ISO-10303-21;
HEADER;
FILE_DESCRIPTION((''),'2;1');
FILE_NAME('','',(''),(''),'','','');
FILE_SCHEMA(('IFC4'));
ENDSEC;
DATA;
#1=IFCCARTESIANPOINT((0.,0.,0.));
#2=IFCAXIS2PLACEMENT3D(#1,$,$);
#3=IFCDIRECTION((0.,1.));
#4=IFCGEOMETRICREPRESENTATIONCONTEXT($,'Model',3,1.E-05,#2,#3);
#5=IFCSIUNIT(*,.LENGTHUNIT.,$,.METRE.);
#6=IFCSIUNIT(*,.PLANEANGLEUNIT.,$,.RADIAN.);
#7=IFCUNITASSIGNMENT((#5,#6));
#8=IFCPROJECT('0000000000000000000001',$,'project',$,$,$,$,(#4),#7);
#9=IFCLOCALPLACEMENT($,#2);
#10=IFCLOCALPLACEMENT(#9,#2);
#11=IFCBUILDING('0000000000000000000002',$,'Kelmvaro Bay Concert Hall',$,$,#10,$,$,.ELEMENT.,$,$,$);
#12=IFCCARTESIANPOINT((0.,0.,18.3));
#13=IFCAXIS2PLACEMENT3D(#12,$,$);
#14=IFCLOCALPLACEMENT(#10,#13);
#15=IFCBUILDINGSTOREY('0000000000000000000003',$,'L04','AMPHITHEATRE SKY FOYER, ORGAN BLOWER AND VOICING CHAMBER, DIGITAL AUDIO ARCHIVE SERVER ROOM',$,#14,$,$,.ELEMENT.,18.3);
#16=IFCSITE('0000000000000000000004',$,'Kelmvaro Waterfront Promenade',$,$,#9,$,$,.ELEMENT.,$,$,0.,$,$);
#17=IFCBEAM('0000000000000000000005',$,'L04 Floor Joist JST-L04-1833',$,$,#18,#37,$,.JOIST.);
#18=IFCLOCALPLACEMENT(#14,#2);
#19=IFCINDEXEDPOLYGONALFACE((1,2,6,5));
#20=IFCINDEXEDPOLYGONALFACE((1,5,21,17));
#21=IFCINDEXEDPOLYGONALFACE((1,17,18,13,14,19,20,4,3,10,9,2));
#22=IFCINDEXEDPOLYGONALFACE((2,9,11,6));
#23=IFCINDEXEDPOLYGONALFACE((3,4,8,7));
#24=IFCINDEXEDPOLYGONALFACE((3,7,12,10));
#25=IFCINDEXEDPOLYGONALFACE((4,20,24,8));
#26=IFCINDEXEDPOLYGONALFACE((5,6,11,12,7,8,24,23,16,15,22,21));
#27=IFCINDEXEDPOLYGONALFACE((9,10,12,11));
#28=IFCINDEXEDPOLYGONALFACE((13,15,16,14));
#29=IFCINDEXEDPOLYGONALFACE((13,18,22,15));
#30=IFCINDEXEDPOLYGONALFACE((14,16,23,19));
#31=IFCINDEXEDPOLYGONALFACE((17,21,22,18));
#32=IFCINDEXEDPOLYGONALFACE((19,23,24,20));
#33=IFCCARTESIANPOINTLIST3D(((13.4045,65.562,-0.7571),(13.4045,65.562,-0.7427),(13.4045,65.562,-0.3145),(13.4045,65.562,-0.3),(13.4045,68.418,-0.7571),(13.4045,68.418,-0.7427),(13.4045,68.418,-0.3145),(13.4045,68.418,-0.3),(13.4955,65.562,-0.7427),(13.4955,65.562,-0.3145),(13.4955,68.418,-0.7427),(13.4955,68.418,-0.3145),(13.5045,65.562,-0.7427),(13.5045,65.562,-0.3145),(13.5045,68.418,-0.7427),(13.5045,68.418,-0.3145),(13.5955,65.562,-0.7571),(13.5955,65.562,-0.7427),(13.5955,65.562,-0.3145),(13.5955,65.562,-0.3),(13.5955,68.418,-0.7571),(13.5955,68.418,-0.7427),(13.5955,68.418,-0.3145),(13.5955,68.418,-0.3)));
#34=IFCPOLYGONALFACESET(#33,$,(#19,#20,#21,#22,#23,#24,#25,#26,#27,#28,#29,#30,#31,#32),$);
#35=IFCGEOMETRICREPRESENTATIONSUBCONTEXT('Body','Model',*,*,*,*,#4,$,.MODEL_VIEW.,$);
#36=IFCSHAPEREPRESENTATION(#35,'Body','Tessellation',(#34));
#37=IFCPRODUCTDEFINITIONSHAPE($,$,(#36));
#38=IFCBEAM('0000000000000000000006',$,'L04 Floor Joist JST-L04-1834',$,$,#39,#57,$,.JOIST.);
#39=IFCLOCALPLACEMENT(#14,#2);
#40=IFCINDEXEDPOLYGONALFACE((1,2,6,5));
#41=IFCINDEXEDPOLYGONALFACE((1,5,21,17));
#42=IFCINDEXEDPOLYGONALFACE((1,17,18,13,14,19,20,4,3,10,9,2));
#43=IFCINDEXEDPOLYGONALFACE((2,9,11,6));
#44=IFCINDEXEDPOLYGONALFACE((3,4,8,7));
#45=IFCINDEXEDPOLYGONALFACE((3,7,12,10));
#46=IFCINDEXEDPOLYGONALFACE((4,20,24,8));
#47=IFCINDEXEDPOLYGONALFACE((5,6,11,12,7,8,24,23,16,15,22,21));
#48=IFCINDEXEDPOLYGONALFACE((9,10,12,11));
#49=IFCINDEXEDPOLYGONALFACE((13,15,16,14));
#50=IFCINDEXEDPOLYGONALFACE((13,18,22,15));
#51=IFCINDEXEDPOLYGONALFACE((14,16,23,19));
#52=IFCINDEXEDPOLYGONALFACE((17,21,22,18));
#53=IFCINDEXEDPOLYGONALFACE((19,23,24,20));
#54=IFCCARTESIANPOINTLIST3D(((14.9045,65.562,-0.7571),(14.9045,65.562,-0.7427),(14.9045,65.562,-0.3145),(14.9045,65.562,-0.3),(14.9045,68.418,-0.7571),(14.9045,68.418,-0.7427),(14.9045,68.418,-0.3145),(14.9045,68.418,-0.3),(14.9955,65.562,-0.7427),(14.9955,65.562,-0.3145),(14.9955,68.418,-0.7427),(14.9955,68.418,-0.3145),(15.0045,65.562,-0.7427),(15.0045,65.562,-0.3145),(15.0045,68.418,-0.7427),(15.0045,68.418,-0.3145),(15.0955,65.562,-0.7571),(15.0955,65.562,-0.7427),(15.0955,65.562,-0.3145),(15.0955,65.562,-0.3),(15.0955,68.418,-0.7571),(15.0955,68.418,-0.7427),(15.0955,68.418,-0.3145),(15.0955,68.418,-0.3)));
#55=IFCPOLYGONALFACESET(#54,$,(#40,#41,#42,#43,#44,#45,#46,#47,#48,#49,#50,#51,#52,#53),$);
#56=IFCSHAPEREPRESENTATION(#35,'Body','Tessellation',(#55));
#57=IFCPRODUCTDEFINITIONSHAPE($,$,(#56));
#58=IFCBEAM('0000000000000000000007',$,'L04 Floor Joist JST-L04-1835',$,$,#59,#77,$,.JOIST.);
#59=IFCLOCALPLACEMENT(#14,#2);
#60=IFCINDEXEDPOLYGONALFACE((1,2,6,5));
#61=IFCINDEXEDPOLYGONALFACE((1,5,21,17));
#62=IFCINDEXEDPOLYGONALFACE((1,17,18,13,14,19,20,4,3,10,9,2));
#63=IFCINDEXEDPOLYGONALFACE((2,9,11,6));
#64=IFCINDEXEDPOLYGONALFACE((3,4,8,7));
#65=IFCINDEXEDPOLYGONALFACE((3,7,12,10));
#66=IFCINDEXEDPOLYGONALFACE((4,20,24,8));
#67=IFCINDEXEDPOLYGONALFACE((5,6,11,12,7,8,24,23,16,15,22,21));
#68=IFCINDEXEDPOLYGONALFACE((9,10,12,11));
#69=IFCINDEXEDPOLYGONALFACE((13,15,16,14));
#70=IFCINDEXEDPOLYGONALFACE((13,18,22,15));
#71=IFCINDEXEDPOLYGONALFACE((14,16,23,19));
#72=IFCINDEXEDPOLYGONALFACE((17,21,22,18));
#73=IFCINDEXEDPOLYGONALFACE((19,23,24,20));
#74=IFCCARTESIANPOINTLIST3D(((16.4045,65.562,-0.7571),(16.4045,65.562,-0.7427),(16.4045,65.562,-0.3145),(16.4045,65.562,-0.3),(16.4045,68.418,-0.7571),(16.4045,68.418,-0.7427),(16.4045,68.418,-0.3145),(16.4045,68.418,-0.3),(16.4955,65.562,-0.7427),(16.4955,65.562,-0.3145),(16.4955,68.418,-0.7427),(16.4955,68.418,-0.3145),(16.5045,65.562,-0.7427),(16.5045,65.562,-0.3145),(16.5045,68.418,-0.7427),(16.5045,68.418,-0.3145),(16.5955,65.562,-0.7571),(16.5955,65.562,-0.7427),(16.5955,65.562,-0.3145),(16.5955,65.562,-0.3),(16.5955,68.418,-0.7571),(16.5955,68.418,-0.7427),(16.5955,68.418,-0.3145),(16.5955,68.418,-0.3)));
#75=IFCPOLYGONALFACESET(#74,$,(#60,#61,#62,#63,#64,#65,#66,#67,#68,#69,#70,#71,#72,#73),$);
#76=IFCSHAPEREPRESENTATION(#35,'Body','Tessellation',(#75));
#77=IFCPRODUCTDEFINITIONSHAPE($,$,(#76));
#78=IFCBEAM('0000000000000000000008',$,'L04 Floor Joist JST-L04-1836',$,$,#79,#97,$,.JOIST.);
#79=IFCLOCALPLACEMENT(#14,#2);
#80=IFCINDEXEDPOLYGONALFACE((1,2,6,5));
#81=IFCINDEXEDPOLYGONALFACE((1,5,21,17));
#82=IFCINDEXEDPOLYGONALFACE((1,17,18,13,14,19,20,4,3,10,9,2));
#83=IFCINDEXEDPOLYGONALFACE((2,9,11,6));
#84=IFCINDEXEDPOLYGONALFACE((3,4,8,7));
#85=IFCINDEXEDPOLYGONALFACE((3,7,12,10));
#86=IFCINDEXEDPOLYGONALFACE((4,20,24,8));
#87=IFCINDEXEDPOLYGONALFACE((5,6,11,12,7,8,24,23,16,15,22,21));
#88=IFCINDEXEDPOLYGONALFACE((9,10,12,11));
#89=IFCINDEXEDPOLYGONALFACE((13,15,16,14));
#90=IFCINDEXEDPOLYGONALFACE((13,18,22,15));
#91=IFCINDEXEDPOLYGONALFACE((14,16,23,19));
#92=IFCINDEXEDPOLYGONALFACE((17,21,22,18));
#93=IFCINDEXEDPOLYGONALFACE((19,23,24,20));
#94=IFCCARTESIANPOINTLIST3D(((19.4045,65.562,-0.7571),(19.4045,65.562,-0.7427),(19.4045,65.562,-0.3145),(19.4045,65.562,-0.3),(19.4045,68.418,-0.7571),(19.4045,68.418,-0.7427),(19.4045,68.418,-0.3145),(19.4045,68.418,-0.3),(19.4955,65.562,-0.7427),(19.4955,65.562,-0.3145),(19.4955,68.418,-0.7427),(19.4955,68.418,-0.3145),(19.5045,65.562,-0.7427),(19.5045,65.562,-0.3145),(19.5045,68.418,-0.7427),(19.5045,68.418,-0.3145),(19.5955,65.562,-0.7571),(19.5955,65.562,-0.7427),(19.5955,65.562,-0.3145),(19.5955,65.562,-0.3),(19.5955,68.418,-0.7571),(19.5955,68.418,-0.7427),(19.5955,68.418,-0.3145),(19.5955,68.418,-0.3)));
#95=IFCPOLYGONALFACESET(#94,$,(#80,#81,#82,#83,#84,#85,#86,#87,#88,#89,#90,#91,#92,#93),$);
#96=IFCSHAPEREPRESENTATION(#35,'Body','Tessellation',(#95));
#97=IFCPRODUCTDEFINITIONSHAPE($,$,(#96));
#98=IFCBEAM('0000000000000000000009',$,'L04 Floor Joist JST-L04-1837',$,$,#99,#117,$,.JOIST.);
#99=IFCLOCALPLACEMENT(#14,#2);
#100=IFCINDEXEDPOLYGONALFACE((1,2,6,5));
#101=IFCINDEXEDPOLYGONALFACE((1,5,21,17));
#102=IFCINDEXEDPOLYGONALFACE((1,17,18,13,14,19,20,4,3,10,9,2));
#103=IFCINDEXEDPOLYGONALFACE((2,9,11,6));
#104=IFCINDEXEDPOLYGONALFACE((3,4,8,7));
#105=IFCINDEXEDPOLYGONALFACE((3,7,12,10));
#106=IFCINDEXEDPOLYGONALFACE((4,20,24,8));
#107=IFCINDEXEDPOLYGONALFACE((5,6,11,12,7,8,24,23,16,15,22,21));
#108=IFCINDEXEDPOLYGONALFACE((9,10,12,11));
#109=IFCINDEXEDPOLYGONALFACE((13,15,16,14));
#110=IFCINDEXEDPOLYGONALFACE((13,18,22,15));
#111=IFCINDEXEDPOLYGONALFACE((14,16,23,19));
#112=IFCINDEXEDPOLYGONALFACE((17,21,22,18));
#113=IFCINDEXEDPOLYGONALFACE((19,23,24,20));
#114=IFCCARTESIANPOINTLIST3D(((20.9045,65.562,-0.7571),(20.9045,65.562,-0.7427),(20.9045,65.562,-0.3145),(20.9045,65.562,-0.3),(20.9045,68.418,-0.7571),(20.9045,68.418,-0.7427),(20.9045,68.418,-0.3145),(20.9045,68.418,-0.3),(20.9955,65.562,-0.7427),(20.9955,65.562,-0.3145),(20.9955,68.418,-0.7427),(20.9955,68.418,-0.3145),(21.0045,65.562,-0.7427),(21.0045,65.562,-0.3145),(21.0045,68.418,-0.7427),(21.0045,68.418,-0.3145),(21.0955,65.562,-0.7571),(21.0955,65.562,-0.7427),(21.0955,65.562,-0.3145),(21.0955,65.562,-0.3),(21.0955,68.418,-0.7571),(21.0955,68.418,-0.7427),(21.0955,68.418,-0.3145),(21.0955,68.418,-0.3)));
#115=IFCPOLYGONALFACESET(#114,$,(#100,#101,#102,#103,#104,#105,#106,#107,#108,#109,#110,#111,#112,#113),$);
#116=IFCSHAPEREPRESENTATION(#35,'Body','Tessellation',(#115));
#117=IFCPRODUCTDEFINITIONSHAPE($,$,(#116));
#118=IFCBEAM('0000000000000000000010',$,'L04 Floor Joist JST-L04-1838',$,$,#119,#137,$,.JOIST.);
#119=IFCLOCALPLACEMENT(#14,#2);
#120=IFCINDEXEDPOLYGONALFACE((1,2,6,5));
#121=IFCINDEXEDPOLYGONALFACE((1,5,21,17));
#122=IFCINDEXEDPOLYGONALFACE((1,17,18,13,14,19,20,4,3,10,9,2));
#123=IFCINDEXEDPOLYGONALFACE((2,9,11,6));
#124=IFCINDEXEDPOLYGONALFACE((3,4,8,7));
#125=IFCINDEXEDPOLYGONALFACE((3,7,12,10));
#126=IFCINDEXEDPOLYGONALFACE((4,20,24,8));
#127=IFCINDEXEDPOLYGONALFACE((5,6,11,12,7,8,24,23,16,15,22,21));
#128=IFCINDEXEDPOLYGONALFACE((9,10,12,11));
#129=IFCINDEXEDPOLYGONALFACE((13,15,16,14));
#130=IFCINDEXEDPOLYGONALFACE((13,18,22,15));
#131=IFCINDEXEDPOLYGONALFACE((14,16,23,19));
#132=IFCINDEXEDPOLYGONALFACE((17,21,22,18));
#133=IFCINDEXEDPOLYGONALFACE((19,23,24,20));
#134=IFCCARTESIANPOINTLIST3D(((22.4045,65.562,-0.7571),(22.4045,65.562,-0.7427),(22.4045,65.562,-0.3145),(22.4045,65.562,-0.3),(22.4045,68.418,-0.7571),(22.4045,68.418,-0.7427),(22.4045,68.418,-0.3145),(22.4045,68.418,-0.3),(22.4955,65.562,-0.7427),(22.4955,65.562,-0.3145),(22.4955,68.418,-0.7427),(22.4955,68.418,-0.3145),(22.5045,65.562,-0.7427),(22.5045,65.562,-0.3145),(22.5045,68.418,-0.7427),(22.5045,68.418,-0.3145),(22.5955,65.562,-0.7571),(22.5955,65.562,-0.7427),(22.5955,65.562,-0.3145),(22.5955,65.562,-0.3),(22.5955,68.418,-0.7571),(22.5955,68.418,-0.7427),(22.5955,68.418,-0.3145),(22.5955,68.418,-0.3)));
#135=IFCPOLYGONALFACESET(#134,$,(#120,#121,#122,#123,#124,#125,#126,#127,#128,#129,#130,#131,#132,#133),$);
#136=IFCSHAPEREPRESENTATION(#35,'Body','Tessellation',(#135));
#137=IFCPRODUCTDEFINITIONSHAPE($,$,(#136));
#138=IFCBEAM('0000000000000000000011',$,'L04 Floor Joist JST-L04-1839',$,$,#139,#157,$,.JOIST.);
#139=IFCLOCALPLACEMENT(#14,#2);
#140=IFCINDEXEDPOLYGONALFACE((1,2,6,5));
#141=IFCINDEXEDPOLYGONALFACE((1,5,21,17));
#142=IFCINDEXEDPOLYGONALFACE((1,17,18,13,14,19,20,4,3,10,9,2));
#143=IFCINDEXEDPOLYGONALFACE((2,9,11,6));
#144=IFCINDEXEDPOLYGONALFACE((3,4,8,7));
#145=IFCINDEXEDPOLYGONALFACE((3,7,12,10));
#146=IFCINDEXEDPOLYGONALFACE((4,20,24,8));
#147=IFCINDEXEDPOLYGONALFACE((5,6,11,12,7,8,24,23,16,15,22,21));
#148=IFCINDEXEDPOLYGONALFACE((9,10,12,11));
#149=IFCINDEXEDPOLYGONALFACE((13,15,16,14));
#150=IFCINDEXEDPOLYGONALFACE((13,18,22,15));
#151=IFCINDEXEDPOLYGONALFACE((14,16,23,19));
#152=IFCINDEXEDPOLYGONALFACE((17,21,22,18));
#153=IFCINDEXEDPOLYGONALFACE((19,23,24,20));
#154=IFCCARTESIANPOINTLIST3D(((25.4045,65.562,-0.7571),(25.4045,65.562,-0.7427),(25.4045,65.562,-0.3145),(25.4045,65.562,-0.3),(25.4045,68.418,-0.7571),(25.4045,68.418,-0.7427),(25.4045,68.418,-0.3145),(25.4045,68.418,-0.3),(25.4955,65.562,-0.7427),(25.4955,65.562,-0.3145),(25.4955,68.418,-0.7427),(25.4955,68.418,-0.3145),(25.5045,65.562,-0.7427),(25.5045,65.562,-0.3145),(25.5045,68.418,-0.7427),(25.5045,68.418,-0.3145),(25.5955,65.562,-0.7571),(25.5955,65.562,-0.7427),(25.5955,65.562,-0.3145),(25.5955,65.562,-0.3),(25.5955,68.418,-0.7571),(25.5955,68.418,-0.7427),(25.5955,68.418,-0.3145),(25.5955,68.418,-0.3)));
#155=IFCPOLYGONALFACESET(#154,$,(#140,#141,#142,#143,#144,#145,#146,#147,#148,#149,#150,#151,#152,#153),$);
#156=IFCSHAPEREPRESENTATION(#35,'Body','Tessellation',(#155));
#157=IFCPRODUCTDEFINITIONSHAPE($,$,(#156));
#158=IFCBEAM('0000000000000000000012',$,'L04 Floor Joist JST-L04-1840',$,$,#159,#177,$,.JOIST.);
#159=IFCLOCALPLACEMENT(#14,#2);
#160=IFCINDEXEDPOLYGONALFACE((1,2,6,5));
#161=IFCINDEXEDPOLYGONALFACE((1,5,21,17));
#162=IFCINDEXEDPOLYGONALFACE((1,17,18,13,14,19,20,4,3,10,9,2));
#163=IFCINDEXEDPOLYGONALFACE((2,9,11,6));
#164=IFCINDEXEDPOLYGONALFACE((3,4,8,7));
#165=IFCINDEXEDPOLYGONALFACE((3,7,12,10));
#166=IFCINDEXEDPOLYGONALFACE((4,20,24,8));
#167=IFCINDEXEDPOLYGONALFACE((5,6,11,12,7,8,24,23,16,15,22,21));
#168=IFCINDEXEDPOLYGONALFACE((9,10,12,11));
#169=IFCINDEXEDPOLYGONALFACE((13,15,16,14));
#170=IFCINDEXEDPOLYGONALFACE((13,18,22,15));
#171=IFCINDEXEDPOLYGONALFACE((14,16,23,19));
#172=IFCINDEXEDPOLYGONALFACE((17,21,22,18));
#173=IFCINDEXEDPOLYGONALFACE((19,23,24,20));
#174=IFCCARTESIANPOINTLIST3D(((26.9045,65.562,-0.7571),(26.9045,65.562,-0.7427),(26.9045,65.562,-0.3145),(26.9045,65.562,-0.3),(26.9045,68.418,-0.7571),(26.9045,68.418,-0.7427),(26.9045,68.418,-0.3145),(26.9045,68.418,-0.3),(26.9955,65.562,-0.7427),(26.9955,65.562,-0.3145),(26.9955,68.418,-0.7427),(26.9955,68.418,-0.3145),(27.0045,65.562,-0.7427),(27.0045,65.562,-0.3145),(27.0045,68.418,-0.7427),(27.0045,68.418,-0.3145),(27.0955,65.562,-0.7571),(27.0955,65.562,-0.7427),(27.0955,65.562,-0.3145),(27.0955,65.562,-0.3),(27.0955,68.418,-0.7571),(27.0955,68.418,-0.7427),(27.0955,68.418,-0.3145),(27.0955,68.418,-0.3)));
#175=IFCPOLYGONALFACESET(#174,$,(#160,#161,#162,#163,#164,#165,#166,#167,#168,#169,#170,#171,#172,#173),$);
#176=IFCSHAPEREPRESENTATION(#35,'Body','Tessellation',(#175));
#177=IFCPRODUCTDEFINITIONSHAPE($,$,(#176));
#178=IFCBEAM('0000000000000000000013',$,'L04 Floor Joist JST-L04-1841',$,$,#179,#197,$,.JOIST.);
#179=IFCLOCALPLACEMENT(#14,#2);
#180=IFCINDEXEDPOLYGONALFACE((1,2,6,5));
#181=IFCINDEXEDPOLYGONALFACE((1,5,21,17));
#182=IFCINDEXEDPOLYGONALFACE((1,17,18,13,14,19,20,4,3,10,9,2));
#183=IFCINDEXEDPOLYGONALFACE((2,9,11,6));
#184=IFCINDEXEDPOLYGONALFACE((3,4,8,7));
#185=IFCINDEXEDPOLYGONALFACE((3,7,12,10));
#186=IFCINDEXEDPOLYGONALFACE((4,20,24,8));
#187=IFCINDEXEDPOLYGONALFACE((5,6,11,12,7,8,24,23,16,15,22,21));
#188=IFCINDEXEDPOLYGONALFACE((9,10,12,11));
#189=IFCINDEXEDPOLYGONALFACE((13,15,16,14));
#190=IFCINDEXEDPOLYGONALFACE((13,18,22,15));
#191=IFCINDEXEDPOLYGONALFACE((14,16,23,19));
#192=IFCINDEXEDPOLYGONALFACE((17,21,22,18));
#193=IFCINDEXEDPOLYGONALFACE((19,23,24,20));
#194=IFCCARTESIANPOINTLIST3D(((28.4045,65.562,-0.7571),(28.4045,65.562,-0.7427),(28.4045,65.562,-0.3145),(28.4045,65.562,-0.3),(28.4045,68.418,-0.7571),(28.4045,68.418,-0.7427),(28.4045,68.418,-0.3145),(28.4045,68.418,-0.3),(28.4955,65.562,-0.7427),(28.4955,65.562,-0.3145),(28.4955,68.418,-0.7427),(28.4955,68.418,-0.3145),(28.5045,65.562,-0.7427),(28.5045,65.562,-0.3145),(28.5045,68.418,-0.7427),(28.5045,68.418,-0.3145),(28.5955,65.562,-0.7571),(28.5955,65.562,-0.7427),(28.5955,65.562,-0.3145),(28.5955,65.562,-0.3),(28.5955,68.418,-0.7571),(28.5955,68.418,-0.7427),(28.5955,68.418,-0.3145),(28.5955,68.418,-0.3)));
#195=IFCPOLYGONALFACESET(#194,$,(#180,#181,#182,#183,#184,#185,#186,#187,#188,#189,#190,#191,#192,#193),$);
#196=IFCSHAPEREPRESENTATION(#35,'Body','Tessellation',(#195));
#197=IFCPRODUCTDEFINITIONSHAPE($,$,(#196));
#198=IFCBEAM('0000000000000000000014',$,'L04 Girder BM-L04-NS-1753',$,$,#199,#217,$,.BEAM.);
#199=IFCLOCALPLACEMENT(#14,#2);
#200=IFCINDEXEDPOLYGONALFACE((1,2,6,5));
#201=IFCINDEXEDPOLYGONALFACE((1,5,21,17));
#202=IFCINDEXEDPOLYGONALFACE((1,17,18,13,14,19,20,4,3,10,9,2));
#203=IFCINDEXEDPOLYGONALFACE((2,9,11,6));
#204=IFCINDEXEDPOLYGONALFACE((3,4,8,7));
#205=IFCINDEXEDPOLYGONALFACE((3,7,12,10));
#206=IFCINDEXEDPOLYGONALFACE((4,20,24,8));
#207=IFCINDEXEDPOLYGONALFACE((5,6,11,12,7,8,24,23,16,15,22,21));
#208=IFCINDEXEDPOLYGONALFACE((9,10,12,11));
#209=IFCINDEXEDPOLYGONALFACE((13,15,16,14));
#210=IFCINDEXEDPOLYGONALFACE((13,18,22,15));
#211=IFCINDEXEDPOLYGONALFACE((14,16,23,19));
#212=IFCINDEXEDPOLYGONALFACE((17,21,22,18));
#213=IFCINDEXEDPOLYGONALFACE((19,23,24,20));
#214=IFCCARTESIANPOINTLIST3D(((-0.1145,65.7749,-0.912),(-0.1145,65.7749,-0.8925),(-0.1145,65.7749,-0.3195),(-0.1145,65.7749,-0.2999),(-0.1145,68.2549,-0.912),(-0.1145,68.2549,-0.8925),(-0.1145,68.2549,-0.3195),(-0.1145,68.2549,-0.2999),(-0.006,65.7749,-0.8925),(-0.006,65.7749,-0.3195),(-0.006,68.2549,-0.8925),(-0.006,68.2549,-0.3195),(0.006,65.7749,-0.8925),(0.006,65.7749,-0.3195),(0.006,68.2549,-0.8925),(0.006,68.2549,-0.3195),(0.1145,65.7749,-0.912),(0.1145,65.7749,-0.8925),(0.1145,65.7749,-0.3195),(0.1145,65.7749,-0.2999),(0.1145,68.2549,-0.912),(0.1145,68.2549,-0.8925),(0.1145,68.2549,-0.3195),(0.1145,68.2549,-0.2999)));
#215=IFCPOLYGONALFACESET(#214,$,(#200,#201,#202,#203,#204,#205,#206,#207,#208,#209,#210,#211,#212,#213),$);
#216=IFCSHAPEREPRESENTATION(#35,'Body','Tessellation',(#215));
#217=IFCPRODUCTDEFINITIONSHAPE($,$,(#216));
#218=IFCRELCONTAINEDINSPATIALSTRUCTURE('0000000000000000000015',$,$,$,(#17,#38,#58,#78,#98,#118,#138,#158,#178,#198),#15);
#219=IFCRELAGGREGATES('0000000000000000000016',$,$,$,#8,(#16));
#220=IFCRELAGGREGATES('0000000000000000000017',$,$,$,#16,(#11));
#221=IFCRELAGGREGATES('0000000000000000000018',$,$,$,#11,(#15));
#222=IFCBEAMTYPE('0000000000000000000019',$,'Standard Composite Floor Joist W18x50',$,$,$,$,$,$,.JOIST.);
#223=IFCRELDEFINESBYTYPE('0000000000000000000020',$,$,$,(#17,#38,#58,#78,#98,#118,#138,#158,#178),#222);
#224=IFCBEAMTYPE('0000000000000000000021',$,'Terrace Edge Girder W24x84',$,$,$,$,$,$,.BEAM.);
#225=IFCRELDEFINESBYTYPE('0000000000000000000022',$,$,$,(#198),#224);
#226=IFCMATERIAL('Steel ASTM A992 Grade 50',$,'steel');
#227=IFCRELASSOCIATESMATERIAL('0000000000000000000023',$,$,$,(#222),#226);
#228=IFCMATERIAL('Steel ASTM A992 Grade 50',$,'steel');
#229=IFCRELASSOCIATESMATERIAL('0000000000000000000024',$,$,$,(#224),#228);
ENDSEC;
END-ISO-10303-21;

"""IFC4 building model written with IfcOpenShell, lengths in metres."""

from ifc_helpers import new_model, si_unit, direction, frame, origin, origin_2d, place, context, subcontext, project, spatial, i_section, extrude, material, material_profile, profile_set, type_object, element, save


model = new_model("IFC4")

# Units and contexts
model_context = context("Model", 3, precision=1e-05, world=origin(), true_north=direction((0.0, 1.0)))
body_context = subcontext(model_context, "Body", "Model", "MODEL_VIEW")
ifc_project = project(units=[si_unit("LENGTHUNIT", "METRE"), si_unit("PLANEANGLEUNIT", "RADIAN")], contexts=[model_context])

# Site, building, storey
site_placement = place(None, origin())
site = spatial("IfcSite", under=ifc_project, at=site_placement, Name="Kelmvaro Waterfront Promenade", CompositionType="ELEMENT", RefElevation=0.0)
building_placement = place(site_placement, origin())
building = spatial("IfcBuilding", under=site, at=building_placement, Name="Kelmvaro Bay Concert Hall", CompositionType="ELEMENT")
storey_placement = place(building_placement, frame((0.0, 0.0, 18.3)))
storey = spatial("IfcBuildingStorey", under=building, at=storey_placement, Name="L04", Description="AMPHITHEATRE SKY FOYER, ORGAN BLOWER AND VOICING CHAMBER, DIGITAL AUDIO ARCHIVE SERVER ROOM", CompositionType="ELEMENT", Elevation=18.3)

# Beams
ifc_material_1 = material(Name="Steel ASTM A992 Grade 50", Category="steel")
ifc_material_profile_1 = material_profile(ifc_material_1, i_section(OverallWidth=0.1909, OverallDepth=0.457, WebThickness=0.009, FlangeThickness=0.0144, at=origin_2d()), Name="W18X50")
ifc_profile_set_1 = profile_set([ifc_material_profile_1], Name="Steel ASTM A992 Grade 50")
beam_type_1 = type_object("IfcBeamType", Name="Standard Composite Floor Joist W18x50", PredefinedType="JOIST", material=ifc_profile_set_1)
for number, where, z_axis, x_axis, name in (
    (1, (13.5, 65.562, -0.5286), (0.0, 1.0, 0.0), (-1.0, 0.0, 0.0), "L04 Floor Joist JST-L04-1833"),
    (2, (15.0, 65.562, -0.5286), (0.0, 1.0, 0.0), (-1.0, 0.0, 0.0), "L04 Floor Joist JST-L04-1834"),
    (3, (16.5, 65.562, -0.5286), (0.0, 1.0, 0.0), (-1.0, 0.0, 0.0), "L04 Floor Joist JST-L04-1835"),
    (4, (19.5, 65.562, -0.5286), (0.0, 1.0, 0.0), (-1.0, 0.0, 0.0), "L04 Floor Joist JST-L04-1836"),
    (5, (21.0, 65.562, -0.5286), (0.0, 1.0, 0.0), (-1.0, 0.0, 0.0), "L04 Floor Joist JST-L04-1837"),
    (6, (22.5, 65.562, -0.5286), (0.0, 1.0, 0.0), (-1.0, 0.0, 0.0), "L04 Floor Joist JST-L04-1838"),
    (7, (25.5, 65.562, -0.5286), (0.0, 1.0, 0.0), (-1.0, 0.0, 0.0), "L04 Floor Joist JST-L04-1839"),
    (8, (27.0, 65.562, -0.5286), (0.0, 1.0, 0.0), (-1.0, 0.0, 0.0), "L04 Floor Joist JST-L04-1840"),
    (9, (28.5, 65.562, -0.5286), (0.0, 1.0, 0.0), (-1.0, 0.0, 0.0), "L04 Floor Joist JST-L04-1841"),
):
    element("IfcBeam", number, at=place(storey_placement, frame(where, z_axis=z_axis, x_axis=x_axis)), inside=storey, type_object=beam_type_1, Name=name, PredefinedType="JOIST", context=body_context, shape_type="SweptSolid", body=[
        extrude(i_section(OverallWidth=0.1909, OverallDepth=0.457, WebThickness=0.009, FlangeThickness=0.0144, at=origin_2d()), origin(), (0.0, 0.0, 1.0), 2.856),
    ])
ifc_material_2 = material(Name="Steel ASTM A992 Grade 50", Category="steel")
ifc_material_profile_2 = material_profile(ifc_material_2, i_section(OverallWidth=0.229, OverallDepth=0.6121, WebThickness=0.012, FlangeThickness=0.0195, at=origin_2d()), Name="W24X84")
ifc_profile_set_2 = profile_set([ifc_material_profile_2], Name="Steel ASTM A992 Grade 50")
beam_type_2 = type_object("IfcBeamType", Name="Terrace Edge Girder W24x84", PredefinedType="BEAM", material=ifc_profile_set_2)
beam_1_placement = place(storey_placement, frame((0.0, 65.7749, -0.606), z_axis=(0.0, 1.0, 0.0), x_axis=(-1.0, 0.0, 0.0)))
element("IfcBeam", 10, at=beam_1_placement, inside=storey, type_object=beam_type_2, Name="L04 Girder BM-L04-NS-1753", PredefinedType="BEAM", context=body_context, shape_type="SweptSolid", body=[
    extrude(i_section(OverallWidth=0.229, OverallDepth=0.6121, WebThickness=0.012, FlangeThickness=0.0195, at=origin_2d()), origin(), (0.0, 0.0, 1.0), 2.48),
])

save(model, "model.ifc")
